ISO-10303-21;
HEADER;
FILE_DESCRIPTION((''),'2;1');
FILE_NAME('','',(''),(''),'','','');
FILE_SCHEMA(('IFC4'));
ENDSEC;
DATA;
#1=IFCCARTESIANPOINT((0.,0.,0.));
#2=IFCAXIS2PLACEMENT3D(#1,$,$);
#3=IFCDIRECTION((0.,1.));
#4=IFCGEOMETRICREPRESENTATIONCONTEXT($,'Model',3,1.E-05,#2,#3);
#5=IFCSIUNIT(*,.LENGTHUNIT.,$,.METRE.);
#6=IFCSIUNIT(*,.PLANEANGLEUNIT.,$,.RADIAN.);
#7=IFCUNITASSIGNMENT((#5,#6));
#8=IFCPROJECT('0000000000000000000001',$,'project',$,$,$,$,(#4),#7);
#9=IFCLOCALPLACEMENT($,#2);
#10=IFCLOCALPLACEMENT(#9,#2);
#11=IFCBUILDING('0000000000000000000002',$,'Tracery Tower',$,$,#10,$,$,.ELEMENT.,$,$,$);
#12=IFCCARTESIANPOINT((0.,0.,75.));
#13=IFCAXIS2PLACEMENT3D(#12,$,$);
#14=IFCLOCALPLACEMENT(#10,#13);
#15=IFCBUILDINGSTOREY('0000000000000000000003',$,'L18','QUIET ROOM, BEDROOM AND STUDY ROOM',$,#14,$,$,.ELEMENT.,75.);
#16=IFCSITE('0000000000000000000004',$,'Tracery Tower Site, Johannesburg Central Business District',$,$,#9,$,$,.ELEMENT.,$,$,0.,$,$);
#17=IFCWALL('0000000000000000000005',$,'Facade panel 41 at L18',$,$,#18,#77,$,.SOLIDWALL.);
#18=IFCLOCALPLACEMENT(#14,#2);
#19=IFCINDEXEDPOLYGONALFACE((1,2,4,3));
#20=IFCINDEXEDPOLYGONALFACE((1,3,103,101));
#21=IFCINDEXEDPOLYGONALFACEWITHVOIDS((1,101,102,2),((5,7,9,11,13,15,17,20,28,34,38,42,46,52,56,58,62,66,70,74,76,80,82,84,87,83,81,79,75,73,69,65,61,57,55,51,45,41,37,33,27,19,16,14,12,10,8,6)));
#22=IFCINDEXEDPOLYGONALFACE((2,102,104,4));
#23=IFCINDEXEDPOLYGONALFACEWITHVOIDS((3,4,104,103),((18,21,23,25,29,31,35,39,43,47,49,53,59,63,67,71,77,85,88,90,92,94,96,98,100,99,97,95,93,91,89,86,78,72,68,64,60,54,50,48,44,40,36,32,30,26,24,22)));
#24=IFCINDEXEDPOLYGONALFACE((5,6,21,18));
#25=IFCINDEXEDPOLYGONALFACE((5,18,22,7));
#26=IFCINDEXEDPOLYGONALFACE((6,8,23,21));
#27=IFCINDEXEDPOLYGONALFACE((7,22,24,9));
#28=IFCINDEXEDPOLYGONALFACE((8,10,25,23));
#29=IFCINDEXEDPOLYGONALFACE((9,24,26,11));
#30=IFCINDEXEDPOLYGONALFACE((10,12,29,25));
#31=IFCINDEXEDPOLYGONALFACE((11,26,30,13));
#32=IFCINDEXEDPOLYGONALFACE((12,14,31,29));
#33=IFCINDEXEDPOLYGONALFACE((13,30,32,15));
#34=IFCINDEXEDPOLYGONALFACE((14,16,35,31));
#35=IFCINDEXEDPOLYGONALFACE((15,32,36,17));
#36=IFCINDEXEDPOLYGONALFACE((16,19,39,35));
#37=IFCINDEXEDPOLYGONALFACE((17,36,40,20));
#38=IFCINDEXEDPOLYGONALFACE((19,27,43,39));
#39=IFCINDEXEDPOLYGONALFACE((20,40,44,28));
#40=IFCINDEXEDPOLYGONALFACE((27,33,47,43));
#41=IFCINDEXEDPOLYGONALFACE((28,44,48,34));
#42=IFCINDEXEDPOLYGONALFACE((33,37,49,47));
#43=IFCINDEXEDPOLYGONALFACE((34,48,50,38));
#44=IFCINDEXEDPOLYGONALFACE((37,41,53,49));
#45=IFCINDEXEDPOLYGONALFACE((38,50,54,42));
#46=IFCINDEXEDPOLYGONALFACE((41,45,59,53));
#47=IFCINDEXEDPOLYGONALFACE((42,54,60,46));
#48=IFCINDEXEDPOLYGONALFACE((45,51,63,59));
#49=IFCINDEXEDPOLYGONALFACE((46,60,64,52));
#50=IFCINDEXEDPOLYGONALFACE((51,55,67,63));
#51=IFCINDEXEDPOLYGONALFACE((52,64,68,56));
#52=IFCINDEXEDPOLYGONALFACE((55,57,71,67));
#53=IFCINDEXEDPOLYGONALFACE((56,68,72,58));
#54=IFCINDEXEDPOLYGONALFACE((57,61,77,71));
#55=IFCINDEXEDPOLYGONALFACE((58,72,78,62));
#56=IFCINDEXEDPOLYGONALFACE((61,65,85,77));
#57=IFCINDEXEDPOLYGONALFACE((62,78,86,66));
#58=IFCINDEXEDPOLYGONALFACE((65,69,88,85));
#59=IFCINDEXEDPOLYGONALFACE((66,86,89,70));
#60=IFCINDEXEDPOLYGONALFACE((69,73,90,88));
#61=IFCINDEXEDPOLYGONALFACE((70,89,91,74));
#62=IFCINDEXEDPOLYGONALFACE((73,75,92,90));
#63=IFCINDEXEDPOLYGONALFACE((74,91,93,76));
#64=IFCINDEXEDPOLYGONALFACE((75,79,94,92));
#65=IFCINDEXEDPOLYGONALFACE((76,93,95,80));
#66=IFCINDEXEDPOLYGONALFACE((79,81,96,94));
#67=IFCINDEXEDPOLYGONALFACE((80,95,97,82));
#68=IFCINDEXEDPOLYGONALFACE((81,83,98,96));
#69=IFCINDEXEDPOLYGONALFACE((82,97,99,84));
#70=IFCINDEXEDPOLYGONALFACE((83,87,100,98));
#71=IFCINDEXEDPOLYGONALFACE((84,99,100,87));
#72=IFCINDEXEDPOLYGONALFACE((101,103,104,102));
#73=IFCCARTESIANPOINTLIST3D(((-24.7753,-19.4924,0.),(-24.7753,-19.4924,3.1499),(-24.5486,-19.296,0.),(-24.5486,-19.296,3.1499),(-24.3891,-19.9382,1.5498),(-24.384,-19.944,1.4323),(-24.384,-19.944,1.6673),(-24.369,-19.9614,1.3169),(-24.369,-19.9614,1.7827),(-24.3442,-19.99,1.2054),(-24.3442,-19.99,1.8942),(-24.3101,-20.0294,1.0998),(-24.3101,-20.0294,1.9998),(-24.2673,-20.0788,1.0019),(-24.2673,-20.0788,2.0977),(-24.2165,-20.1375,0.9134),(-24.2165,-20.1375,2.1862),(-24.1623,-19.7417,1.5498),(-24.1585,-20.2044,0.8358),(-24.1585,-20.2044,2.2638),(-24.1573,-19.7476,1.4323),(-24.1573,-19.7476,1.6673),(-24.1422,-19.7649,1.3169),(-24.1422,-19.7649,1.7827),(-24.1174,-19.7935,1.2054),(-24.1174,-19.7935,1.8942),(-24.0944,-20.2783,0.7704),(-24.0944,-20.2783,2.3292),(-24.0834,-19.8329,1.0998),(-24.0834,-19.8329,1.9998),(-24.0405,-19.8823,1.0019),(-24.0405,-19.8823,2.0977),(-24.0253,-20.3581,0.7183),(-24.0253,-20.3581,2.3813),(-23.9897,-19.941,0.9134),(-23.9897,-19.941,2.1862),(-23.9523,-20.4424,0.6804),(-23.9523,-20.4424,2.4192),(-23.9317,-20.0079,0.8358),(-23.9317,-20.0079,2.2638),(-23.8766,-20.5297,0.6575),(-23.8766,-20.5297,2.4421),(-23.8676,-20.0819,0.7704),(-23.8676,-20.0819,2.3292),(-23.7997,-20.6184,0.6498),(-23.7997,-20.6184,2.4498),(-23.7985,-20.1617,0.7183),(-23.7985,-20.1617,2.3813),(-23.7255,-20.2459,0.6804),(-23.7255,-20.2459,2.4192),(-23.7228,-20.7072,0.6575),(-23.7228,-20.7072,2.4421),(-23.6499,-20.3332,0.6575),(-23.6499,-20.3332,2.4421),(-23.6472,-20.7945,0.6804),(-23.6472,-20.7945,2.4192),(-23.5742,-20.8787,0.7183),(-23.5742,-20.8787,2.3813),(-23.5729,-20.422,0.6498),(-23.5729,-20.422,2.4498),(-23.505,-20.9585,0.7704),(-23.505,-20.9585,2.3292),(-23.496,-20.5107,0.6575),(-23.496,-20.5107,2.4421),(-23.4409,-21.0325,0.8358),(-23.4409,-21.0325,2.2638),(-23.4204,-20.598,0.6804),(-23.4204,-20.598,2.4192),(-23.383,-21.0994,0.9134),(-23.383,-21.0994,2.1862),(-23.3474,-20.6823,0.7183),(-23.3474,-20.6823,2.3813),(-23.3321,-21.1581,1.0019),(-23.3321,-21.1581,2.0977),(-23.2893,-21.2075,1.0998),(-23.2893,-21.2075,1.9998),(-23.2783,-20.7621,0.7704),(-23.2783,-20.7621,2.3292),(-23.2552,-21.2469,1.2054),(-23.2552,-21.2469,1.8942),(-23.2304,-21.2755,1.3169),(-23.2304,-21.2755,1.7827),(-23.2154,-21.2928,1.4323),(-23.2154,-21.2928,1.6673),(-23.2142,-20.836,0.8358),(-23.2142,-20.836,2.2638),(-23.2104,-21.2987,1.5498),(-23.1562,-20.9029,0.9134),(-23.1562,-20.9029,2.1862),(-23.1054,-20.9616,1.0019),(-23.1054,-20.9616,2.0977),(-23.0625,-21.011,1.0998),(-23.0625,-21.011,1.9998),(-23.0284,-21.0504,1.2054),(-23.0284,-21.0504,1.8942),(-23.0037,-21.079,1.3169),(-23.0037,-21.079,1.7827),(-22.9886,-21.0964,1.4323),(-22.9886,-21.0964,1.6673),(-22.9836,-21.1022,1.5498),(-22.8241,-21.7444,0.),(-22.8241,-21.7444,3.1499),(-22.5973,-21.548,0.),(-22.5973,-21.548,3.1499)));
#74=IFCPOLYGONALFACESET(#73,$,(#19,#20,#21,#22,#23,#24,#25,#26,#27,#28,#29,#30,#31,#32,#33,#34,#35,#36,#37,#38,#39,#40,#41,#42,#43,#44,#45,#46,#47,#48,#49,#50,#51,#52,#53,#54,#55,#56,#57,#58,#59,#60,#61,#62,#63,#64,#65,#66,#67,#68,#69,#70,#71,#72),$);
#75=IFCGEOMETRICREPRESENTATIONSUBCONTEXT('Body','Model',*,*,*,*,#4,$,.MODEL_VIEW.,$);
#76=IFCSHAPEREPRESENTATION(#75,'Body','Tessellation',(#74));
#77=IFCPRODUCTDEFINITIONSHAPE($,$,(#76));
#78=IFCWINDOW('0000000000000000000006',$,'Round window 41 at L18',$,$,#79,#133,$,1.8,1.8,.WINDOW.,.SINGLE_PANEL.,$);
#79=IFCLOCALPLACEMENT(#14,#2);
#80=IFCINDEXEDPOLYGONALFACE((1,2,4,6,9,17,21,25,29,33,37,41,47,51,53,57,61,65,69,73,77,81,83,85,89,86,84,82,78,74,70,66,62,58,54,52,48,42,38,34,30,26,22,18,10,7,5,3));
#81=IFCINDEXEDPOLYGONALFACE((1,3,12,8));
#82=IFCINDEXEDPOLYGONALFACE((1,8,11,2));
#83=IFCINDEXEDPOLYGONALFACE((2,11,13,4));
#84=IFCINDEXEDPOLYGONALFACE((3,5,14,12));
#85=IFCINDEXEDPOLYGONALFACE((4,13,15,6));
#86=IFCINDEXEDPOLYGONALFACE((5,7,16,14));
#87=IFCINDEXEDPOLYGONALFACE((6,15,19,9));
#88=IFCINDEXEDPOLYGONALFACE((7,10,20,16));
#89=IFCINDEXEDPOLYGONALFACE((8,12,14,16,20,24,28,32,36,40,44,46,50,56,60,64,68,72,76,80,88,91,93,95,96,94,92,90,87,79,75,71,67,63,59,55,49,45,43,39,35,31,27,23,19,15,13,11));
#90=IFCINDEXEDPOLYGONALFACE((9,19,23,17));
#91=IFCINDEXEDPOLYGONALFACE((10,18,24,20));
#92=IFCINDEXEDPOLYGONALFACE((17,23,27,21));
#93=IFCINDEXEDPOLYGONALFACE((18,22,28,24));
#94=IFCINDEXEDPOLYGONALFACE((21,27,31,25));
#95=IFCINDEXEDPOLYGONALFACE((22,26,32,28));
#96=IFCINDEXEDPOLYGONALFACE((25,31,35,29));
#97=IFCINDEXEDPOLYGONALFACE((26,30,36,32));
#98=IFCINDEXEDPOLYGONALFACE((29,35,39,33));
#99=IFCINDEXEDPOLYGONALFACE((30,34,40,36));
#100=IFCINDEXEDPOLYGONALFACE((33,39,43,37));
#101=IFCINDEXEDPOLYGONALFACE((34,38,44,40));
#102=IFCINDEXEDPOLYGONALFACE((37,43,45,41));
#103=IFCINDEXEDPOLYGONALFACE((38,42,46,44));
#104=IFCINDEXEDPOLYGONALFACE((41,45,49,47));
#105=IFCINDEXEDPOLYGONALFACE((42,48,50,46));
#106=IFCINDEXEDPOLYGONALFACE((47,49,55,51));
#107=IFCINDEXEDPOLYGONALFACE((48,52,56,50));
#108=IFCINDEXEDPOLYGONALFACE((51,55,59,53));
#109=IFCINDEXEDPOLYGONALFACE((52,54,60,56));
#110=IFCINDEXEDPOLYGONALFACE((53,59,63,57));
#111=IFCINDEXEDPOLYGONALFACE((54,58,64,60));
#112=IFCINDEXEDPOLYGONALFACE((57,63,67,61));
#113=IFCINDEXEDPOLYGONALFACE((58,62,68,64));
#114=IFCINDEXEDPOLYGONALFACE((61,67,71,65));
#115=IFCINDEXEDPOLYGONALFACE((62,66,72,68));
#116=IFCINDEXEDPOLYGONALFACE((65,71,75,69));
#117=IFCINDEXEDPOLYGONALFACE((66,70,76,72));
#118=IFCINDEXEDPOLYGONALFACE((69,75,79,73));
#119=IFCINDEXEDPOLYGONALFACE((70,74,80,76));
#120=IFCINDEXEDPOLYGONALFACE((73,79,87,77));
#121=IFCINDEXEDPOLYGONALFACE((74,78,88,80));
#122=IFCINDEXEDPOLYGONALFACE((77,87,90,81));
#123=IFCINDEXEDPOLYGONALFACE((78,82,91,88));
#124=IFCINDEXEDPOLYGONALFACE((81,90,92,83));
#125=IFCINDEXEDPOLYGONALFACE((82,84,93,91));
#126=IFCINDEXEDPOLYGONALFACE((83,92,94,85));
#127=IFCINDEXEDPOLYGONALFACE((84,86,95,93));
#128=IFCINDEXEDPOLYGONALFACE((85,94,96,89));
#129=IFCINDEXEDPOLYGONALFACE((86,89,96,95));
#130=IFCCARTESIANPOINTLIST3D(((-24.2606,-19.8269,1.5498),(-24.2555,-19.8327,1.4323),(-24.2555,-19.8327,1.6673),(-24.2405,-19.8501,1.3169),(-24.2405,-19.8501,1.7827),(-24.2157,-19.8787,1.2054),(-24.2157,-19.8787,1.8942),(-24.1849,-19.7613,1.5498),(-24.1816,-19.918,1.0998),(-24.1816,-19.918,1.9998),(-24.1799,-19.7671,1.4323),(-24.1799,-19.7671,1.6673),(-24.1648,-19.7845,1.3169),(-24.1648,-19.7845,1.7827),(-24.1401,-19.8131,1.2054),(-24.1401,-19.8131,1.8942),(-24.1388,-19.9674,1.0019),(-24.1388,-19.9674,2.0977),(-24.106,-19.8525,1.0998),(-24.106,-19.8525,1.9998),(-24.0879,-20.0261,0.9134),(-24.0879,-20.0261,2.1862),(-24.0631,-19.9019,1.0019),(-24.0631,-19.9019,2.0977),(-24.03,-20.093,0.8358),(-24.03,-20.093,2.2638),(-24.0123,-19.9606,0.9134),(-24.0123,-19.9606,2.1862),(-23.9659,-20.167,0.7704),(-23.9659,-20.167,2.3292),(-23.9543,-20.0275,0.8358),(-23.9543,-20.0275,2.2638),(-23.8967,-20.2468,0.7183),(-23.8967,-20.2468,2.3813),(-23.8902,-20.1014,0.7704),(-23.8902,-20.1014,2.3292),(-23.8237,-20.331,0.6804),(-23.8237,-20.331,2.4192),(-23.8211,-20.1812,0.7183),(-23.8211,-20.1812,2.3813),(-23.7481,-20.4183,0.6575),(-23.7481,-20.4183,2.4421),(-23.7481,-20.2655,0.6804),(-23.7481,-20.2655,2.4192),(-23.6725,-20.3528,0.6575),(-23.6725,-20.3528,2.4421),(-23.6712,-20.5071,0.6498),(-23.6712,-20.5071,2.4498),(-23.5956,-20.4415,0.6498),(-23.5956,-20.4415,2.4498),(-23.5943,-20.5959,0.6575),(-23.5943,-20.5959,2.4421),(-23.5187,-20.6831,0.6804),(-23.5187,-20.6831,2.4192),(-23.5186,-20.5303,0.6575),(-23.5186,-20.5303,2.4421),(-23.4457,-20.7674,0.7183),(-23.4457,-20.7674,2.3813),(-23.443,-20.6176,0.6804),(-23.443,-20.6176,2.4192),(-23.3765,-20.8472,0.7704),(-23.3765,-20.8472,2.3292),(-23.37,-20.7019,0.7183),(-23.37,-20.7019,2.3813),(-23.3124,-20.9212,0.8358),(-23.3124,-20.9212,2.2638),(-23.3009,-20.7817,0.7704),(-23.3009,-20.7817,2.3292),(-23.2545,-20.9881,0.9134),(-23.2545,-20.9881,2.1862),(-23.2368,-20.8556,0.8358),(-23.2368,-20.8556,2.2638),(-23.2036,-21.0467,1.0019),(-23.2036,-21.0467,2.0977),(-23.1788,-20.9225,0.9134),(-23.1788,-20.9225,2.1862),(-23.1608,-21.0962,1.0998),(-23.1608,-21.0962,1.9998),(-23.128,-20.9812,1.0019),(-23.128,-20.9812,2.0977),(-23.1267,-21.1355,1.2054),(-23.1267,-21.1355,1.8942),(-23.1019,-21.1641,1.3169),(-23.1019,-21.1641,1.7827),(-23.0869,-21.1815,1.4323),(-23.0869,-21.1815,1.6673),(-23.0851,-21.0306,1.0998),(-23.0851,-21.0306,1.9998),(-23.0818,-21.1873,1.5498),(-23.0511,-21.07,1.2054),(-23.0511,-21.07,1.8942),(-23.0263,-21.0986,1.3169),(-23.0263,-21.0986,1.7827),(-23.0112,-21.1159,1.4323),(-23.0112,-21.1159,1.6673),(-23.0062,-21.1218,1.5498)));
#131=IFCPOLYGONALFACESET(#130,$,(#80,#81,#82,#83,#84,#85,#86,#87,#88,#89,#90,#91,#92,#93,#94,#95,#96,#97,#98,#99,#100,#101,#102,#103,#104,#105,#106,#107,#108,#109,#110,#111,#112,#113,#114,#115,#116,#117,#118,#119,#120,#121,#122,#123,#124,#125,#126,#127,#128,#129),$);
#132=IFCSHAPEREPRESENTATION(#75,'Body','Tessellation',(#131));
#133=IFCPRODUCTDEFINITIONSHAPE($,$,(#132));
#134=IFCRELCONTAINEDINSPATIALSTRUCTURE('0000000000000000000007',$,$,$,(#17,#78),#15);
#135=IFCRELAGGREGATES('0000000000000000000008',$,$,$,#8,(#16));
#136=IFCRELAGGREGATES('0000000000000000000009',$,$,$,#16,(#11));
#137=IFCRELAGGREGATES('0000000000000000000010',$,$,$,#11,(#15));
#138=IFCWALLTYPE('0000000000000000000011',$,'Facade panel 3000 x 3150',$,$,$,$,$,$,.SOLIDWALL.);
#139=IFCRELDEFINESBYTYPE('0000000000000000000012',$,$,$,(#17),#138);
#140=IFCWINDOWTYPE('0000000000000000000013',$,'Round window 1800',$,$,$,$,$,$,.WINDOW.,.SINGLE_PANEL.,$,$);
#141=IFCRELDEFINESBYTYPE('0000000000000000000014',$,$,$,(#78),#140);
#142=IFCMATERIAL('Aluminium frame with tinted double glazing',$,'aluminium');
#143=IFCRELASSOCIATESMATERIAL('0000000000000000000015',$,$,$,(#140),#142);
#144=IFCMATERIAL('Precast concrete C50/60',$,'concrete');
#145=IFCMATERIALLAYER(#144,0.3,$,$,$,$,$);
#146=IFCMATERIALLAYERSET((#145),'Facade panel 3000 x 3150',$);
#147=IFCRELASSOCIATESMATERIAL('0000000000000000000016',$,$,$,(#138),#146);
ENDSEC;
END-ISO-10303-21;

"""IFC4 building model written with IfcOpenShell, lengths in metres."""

from ifc_helpers import new_model, si_unit, direction, frame, frame_2d, origin, origin_2d, place, context, subcontext, project, spatial, rectangle, circle, extrude, material, layer, layer_set, type_object, element, fill, save


model = new_model("IFC4")

# Units and contexts
model_context = context("Model", 3, precision=1e-05, world=origin(), true_north=direction((0.0, 1.0)))
body_context = subcontext(model_context, "Body", "Model", "MODEL_VIEW")
ifc_project = project(units=[si_unit("LENGTHUNIT", "METRE"), si_unit("PLANEANGLEUNIT", "RADIAN")], contexts=[model_context])

# Site, building, storey
site_placement = place(None, origin())
site = spatial("IfcSite", under=ifc_project, at=site_placement, Name="Tracery Tower Site, Johannesburg Central Business District", CompositionType="ELEMENT", RefElevation=0.0)
building_placement = place(site_placement, origin())
building = spatial("IfcBuilding", under=site, at=building_placement, Name="Tracery Tower", CompositionType="ELEMENT")
storey_placement = place(building_placement, frame((0.0, 0.0, 75.0)))
storey = spatial("IfcBuildingStorey", under=building, at=storey_placement, Name="L18", Description="QUIET ROOM, BEDROOM AND STUDY ROOM", CompositionType="ELEMENT", Elevation=75.0)

# Wall, opening, window
ifc_material_1 = material(Name="Aluminium frame with tinted double glazing", Category="aluminium")
window_type = type_object("IfcWindowType", Name="Round window 1800", PartitioningType="SINGLE_PANEL", PredefinedType="WINDOW", material=ifc_material_1)
ifc_material_2 = material(Name="Precast concrete C50/60", Category="concrete")
ifc_layer_1 = layer(ifc_material_2, 0.3)
ifc_layer_set_1 = layer_set([ifc_layer_1], Name="Facade panel 3000 x 3150")
wall_type_1 = type_object("IfcWallType", Name="Facade panel 3000 x 3150", PredefinedType="SOLIDWALL", material=ifc_layer_set_1)
wall_1_placement = place(storey_placement, frame((-24.6619, -19.3943, 0.0), z_axis=(0.0, 0.0, 1.0), x_axis=(0.654831, -0.755776, 0.0)))
wall_1 = element("IfcWall", 1, at=wall_1_placement, inside=storey, type_object=wall_type_1, Name="Facade panel 41 at L18", PredefinedType="SOLIDWALL", context=body_context, shape_type="SweptSolid", body=[
    extrude(rectangle(XDim=2.9797, YDim=0.3, at=frame_2d((1.4897, 0.0))), origin(), (0.0, 0.0, 1.0), 3.1499),
])
opening_1_placement = place(wall_1_placement, frame((1.4897, 0.0, 1.5498)))
opening_1 = element("IfcOpeningElement", 2, at=opening_1_placement, cuts=wall_1, PredefinedType="OPENING", context=body_context, shape_type="SweptSolid", body=[
    extrude(circle(Radius=0.9, at=origin_2d()), frame((0.0, 0.1599, 0.0), z_axis=(0.0, -1.0, 0.0), x_axis=(1.0, 0.0, 0.0)), (0.0, 0.0, 1.0), 0.3201),
])
window_1_placement = place(opening_1_placement, origin())
window_1 = element("IfcWindow", 3, at=window_1_placement, inside=storey, type_object=window_type, Name="Round window 41 at L18", OverallHeight=1.8, OverallWidth=1.8, PartitioningType="SINGLE_PANEL", PredefinedType="WINDOW", context=body_context, shape_type="SweptSolid", body=[
    extrude(circle(Radius=0.9, at=origin_2d()), frame((0.0, 0.1201, 0.0), z_axis=(0.0, -1.0, 0.0), x_axis=(1.0, 0.0, 0.0)), (0.0, 0.0, 1.0), 0.1001),
])
fill(opening_1, window_1)

save(model, "model.ifc")
